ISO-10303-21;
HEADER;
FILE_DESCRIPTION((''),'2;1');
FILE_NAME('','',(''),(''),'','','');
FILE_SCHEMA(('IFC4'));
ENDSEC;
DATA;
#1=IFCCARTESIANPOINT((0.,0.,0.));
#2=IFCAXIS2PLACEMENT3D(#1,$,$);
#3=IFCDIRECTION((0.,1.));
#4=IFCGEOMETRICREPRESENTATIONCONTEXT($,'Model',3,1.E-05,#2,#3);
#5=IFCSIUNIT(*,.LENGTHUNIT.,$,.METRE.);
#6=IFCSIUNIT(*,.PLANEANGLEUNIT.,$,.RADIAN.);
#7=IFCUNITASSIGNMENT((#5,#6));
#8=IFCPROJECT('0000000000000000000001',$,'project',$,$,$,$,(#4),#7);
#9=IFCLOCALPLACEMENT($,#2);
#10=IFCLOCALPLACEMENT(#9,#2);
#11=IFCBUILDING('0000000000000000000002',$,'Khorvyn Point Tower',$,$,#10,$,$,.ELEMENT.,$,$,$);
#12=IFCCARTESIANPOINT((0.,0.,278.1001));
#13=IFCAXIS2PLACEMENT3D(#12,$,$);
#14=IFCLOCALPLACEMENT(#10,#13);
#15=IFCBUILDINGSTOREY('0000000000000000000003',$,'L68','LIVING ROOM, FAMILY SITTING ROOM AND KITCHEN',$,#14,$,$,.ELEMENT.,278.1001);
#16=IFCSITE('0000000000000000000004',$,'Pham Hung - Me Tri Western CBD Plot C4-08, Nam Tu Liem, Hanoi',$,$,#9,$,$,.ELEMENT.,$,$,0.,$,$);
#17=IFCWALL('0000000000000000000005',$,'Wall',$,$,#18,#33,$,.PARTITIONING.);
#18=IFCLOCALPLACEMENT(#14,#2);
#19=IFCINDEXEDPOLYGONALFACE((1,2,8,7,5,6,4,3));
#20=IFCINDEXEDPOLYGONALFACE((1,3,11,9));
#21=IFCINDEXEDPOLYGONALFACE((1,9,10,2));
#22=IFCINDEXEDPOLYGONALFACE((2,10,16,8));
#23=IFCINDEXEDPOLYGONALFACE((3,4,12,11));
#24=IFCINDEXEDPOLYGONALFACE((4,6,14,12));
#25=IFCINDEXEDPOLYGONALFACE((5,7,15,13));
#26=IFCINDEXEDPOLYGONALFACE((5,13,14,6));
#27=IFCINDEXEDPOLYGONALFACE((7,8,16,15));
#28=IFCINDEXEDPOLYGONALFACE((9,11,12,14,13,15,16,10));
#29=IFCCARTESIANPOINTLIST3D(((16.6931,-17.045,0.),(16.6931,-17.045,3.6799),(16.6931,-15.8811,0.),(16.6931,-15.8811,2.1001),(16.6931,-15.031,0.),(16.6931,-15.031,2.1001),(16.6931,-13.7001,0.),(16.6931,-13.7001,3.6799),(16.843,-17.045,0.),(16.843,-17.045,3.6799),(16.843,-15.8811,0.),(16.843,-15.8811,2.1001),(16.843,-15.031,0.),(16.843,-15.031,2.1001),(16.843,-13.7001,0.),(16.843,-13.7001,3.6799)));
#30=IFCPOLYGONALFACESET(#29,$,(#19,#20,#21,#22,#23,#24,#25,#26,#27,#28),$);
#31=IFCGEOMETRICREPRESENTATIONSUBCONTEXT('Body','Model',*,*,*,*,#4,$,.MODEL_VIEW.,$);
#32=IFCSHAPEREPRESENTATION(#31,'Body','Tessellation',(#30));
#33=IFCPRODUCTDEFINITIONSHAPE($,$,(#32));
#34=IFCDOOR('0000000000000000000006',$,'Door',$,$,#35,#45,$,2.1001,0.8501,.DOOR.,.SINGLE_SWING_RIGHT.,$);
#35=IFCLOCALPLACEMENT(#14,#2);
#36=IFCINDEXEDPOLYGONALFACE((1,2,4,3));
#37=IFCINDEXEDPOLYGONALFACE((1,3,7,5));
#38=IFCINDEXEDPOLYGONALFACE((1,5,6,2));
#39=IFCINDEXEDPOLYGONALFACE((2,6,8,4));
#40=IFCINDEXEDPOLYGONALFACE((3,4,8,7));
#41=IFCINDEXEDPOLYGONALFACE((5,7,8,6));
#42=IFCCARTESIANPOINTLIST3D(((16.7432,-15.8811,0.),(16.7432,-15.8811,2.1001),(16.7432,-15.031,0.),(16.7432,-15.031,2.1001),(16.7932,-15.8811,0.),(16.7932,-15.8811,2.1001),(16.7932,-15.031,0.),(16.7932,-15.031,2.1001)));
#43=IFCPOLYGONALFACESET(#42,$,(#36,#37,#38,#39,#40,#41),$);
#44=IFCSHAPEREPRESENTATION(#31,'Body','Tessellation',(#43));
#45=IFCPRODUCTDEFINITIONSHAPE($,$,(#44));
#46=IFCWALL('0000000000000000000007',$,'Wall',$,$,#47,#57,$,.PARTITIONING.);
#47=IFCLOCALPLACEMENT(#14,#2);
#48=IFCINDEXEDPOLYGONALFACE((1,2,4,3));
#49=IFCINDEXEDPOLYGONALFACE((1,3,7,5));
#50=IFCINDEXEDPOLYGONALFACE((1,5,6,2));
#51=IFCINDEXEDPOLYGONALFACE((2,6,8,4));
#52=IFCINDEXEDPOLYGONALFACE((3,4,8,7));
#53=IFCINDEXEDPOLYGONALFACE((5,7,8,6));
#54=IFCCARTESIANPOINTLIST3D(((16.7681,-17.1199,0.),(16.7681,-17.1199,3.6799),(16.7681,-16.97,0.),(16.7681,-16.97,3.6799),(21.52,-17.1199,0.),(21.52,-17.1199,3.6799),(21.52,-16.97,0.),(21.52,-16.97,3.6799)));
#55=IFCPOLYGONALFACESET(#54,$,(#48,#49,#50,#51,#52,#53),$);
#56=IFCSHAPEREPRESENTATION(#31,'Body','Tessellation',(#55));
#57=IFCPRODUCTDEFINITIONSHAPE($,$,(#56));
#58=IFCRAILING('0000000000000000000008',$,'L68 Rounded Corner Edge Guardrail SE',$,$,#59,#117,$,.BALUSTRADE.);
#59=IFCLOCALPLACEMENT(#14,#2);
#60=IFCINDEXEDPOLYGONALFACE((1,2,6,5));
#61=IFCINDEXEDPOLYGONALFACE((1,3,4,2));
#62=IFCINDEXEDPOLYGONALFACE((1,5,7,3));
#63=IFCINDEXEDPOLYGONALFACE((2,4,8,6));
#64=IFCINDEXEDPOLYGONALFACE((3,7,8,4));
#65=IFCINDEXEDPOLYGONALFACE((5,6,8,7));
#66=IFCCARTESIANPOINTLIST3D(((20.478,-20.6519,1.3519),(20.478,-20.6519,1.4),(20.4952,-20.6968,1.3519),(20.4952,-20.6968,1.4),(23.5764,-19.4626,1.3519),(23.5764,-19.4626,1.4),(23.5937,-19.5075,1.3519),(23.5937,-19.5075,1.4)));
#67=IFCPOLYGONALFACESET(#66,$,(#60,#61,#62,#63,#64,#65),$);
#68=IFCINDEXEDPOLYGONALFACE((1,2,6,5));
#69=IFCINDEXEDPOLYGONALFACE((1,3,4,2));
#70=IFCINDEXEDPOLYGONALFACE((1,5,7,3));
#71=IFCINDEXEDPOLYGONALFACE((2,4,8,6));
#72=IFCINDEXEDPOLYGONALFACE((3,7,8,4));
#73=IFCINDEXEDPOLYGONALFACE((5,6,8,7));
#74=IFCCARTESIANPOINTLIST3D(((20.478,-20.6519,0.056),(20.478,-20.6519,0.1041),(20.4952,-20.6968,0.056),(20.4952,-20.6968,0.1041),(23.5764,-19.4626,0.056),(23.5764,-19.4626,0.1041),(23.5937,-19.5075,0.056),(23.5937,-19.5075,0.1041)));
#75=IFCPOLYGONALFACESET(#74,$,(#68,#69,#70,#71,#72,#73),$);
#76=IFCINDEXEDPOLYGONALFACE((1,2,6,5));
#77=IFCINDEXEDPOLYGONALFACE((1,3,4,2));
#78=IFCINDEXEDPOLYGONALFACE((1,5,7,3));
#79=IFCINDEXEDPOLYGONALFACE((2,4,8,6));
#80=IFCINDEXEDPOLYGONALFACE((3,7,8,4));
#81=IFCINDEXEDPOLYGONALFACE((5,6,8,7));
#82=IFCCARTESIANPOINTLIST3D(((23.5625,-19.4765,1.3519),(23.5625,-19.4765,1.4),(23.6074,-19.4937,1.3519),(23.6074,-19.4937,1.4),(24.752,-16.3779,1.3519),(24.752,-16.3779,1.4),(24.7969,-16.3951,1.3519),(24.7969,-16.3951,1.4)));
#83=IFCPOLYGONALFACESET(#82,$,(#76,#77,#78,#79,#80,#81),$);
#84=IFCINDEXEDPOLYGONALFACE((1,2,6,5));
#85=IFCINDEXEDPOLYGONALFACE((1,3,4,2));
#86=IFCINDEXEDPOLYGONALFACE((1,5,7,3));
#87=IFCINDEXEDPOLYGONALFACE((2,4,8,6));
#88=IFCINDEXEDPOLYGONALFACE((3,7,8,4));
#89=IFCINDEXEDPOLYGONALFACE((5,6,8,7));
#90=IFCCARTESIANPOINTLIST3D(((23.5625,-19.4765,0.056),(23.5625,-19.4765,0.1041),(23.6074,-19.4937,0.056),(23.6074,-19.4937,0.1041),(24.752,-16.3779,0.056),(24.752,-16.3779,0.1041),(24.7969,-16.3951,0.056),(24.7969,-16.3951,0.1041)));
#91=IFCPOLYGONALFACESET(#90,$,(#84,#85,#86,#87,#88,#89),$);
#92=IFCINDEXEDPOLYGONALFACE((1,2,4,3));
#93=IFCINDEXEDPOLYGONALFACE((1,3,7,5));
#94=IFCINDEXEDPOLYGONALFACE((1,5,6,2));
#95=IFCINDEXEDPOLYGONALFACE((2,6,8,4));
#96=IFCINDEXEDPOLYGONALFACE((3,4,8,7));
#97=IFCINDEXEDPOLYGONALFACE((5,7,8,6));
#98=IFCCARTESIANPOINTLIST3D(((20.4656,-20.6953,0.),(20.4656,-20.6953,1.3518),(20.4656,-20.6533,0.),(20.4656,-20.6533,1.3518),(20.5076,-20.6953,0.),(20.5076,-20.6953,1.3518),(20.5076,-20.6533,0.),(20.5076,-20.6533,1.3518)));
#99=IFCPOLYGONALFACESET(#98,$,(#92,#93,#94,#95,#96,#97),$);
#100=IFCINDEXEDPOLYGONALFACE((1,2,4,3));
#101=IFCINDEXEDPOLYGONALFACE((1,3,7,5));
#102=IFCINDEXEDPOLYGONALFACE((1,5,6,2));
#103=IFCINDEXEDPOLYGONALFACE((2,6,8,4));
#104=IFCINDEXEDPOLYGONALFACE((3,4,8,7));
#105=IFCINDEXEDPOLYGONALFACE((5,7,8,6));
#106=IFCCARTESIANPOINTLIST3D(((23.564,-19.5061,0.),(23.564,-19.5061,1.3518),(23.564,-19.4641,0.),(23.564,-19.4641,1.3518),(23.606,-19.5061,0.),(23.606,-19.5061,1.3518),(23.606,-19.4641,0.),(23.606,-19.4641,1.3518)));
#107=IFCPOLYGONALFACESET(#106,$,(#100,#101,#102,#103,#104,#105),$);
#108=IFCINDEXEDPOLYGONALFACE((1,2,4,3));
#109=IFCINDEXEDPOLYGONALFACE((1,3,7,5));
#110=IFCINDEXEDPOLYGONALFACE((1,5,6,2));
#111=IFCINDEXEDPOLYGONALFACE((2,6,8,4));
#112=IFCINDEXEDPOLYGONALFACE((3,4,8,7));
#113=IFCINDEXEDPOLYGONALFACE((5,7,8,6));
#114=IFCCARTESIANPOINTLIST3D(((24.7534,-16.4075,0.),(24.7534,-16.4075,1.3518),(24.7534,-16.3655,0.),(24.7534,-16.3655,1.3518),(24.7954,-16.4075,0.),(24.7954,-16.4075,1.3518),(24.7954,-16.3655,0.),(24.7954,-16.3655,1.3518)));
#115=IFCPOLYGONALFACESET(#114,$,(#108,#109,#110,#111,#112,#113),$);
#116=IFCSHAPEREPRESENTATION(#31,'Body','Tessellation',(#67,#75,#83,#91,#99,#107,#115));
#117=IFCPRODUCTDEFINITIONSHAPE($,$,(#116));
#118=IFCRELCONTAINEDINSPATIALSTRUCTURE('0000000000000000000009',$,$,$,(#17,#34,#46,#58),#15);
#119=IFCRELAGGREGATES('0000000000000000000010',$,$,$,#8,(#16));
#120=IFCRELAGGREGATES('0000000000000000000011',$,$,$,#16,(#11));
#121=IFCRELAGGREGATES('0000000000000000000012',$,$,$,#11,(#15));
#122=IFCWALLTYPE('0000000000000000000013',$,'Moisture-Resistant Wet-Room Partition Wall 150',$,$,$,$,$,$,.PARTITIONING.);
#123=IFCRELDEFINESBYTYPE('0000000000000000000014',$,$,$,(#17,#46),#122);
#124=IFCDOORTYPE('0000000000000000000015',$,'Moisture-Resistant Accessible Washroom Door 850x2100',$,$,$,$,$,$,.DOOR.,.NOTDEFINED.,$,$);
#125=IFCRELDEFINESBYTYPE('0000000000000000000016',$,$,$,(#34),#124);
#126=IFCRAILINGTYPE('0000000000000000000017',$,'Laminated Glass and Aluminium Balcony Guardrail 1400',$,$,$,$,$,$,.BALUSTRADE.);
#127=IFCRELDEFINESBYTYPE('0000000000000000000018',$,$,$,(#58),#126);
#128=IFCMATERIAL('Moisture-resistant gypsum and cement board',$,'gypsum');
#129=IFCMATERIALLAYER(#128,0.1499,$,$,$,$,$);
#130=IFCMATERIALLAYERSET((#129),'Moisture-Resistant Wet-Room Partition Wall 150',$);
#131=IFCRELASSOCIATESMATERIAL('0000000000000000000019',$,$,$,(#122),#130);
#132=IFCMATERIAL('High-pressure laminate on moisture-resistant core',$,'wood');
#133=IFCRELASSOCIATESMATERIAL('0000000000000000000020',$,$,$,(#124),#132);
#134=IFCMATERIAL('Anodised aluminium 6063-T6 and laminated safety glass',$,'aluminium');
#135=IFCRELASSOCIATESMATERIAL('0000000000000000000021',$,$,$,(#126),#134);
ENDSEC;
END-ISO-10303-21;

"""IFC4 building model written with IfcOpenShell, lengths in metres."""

from ifc_helpers import new_model, si_unit, direction, frame, frame_2d, origin, origin_2d, place, context, subcontext, project, spatial, rectangle, extrude, material, layer, layer_set, type_object, element, fill, save


model = new_model("IFC4")

# Units and contexts
model_context = context("Model", 3, precision=1e-05, world=origin(), true_north=direction((0.0, 1.0)))
body_context = subcontext(model_context, "Body", "Model", "MODEL_VIEW")
ifc_project = project(units=[si_unit("LENGTHUNIT", "METRE"), si_unit("PLANEANGLEUNIT", "RADIAN")], contexts=[model_context])

# Site, building, storey
site_placement = place(None, origin())
site = spatial("IfcSite", under=ifc_project, at=site_placement, Name="Pham Hung - Me Tri Western CBD Plot C4-08, Nam Tu Liem, Hanoi", CompositionType="ELEMENT", RefElevation=0.0)
building_placement = place(site_placement, origin())
building = spatial("IfcBuilding", under=site, at=building_placement, Name="Khorvyn Point Tower", CompositionType="ELEMENT")
storey_placement = place(building_placement, frame((0.0, 0.0, 278.1001)))
storey = spatial("IfcBuildingStorey", under=building, at=storey_placement, Name="L68", Description="LIVING ROOM, FAMILY SITTING ROOM AND KITCHEN", CompositionType="ELEMENT", Elevation=278.1001)

# Wall, opening, door
ifc_material_1 = material(Name="Moisture-resistant gypsum and cement board", Category="gypsum")
ifc_layer_1 = layer(ifc_material_1, 0.1499)
ifc_layer_set_1 = layer_set([ifc_layer_1], Name="Moisture-Resistant Wet-Room Partition Wall 150")
wall_type_1 = type_object("IfcWallType", Name="Moisture-Resistant Wet-Room Partition Wall 150", PredefinedType="PARTITIONING", material=ifc_layer_set_1)
wall_1_placement = place(storey_placement, frame((16.7681, -17.0449, 0.0), z_axis=(0.0, 0.0, 1.0), x_axis=(0.0, 1.0, 0.0)))
wall_1 = element("IfcWall", 1, at=wall_1_placement, inside=storey, type_object=wall_type_1, Name="Wall", PredefinedType="PARTITIONING", context=body_context, shape_type="SweptSolid", body=[
    extrude(rectangle(XDim=3.345, YDim=0.1499, at=frame_2d((1.6724, 0.0))), origin(), (0.0, 0.0, 1.0), 3.6799),
])
opening_1_placement = place(wall_1_placement, frame((1.1638, 0.0, 0.0)))
opening_1 = element("IfcOpeningElement", 2, at=opening_1_placement, cuts=wall_1, PredefinedType="OPENING", context=body_context, shape_type="SweptSolid", body=[
    extrude(rectangle(XDim=0.8501, YDim=2.1001, at=frame_2d((0.425, 1.05))), frame((0.0, 0.085, 0.0), z_axis=(0.0, -1.0, 0.0), x_axis=(1.0, 0.0, 0.0)), (0.0, 0.0, 1.0), 0.1699),
])
ifc_material_2 = material(Name="High-pressure laminate on moisture-resistant core", Category="wood")
door_type_1 = type_object("IfcDoorType", Name="Moisture-Resistant Accessible Washroom Door 850x2100", OperationType="NOTDEFINED", PredefinedType="DOOR", material=ifc_material_2)
door_1_placement = place(opening_1_placement, origin())
door_1 = element("IfcDoor", 3, at=door_1_placement, inside=storey, type_object=door_type_1, Name="Door", OperationType="SINGLE_SWING_RIGHT", OverallHeight=2.1001, OverallWidth=0.8501, PredefinedType="DOOR", context=body_context, shape_type="SweptSolid", body=[
    extrude(rectangle(XDim=0.8501, YDim=2.1001, at=frame_2d((0.425, 1.05))), frame((0.0, 0.0249, 0.0), z_axis=(0.0, -1.0, 0.0), x_axis=(1.0, 0.0, 0.0)), (0.0, 0.0, 1.0), 0.05),
])
fill(opening_1, door_1)

# Wall
wall_2_placement = place(storey_placement, frame((16.7681, -17.0449, 0.0), z_axis=(0.0, 0.0, 1.0), x_axis=(1.0, 0.0, 0.0)))
element("IfcWall", 4, at=wall_2_placement, inside=storey, type_object=wall_type_1, Name="Wall", PredefinedType="PARTITIONING", context=body_context, shape_type="SweptSolid", body=[
    extrude(rectangle(XDim=4.752, YDim=0.1499, at=frame_2d((2.376, 0.0))), origin(), (0.0, 0.0, 1.0), 3.6799),
])

# Railing
ifc_material_3 = material(Name="Anodised aluminium 6063-T6 and laminated safety glass", Category="aluminium")
railing_type = type_object("IfcRailingType", Name="Laminated Glass and Aluminium Balcony Guardrail 1400", PredefinedType="BALUSTRADE", material=ifc_material_3)
railing_placement = place(storey_placement, frame((20.4866, -20.6743, 0.0)))
element("IfcRailing", 5, at=railing_placement, inside=storey, type_object=railing_type, Name="L68 Rounded Corner Edge Guardrail SE", PredefinedType="BALUSTRADE", context=body_context, shape_type="SweptSolid", body=[
    extrude(rectangle(XDim=0.0481, YDim=0.0481, at=origin_2d()), frame((0.0, 0.0, 1.376), z_axis=(0.933596, 0.358328, 0.0), x_axis=(-0.358328, 0.933596, 0.0)), (0.0, 0.0, 1.0), 3.3188),
    extrude(rectangle(XDim=0.0481, YDim=0.0481, at=origin_2d()), frame((0.0, 0.0, 0.0801), z_axis=(0.933596, 0.358328, 0.0), x_axis=(-0.358328, 0.933596, 0.0)), (0.0, 0.0, 1.0), 3.3188),
    extrude(rectangle(XDim=0.0481, YDim=0.0481, at=origin_2d()), frame((3.0984, 1.1892, 1.376), z_axis=(0.358368, 0.93358, 0.0), x_axis=(-0.93358, 0.358368, 0.0)), (0.0, 0.0, 1.0), 3.3191),
    extrude(rectangle(XDim=0.0481, YDim=0.0481, at=origin_2d()), frame((3.0984, 1.1892, 0.0801), z_axis=(0.358368, 0.93358, 0.0), x_axis=(-0.93358, 0.358368, 0.0)), (0.0, 0.0, 1.0), 3.3191),
    extrude(rectangle(XDim=0.042, YDim=0.042, at=origin_2d()), origin(), (0.0, 0.0, 1.0), 1.3518),
    extrude(rectangle(XDim=0.042, YDim=0.042, at=origin_2d()), frame((3.0984, 1.1892, 0.0)), (0.0, 0.0, 1.0), 1.3518),
    extrude(rectangle(XDim=0.042, YDim=0.042, at=origin_2d()), frame((4.2878, 4.2878, 0.0)), (0.0, 0.0, 1.0), 1.3518),
])

save(model, "model.ifc")
